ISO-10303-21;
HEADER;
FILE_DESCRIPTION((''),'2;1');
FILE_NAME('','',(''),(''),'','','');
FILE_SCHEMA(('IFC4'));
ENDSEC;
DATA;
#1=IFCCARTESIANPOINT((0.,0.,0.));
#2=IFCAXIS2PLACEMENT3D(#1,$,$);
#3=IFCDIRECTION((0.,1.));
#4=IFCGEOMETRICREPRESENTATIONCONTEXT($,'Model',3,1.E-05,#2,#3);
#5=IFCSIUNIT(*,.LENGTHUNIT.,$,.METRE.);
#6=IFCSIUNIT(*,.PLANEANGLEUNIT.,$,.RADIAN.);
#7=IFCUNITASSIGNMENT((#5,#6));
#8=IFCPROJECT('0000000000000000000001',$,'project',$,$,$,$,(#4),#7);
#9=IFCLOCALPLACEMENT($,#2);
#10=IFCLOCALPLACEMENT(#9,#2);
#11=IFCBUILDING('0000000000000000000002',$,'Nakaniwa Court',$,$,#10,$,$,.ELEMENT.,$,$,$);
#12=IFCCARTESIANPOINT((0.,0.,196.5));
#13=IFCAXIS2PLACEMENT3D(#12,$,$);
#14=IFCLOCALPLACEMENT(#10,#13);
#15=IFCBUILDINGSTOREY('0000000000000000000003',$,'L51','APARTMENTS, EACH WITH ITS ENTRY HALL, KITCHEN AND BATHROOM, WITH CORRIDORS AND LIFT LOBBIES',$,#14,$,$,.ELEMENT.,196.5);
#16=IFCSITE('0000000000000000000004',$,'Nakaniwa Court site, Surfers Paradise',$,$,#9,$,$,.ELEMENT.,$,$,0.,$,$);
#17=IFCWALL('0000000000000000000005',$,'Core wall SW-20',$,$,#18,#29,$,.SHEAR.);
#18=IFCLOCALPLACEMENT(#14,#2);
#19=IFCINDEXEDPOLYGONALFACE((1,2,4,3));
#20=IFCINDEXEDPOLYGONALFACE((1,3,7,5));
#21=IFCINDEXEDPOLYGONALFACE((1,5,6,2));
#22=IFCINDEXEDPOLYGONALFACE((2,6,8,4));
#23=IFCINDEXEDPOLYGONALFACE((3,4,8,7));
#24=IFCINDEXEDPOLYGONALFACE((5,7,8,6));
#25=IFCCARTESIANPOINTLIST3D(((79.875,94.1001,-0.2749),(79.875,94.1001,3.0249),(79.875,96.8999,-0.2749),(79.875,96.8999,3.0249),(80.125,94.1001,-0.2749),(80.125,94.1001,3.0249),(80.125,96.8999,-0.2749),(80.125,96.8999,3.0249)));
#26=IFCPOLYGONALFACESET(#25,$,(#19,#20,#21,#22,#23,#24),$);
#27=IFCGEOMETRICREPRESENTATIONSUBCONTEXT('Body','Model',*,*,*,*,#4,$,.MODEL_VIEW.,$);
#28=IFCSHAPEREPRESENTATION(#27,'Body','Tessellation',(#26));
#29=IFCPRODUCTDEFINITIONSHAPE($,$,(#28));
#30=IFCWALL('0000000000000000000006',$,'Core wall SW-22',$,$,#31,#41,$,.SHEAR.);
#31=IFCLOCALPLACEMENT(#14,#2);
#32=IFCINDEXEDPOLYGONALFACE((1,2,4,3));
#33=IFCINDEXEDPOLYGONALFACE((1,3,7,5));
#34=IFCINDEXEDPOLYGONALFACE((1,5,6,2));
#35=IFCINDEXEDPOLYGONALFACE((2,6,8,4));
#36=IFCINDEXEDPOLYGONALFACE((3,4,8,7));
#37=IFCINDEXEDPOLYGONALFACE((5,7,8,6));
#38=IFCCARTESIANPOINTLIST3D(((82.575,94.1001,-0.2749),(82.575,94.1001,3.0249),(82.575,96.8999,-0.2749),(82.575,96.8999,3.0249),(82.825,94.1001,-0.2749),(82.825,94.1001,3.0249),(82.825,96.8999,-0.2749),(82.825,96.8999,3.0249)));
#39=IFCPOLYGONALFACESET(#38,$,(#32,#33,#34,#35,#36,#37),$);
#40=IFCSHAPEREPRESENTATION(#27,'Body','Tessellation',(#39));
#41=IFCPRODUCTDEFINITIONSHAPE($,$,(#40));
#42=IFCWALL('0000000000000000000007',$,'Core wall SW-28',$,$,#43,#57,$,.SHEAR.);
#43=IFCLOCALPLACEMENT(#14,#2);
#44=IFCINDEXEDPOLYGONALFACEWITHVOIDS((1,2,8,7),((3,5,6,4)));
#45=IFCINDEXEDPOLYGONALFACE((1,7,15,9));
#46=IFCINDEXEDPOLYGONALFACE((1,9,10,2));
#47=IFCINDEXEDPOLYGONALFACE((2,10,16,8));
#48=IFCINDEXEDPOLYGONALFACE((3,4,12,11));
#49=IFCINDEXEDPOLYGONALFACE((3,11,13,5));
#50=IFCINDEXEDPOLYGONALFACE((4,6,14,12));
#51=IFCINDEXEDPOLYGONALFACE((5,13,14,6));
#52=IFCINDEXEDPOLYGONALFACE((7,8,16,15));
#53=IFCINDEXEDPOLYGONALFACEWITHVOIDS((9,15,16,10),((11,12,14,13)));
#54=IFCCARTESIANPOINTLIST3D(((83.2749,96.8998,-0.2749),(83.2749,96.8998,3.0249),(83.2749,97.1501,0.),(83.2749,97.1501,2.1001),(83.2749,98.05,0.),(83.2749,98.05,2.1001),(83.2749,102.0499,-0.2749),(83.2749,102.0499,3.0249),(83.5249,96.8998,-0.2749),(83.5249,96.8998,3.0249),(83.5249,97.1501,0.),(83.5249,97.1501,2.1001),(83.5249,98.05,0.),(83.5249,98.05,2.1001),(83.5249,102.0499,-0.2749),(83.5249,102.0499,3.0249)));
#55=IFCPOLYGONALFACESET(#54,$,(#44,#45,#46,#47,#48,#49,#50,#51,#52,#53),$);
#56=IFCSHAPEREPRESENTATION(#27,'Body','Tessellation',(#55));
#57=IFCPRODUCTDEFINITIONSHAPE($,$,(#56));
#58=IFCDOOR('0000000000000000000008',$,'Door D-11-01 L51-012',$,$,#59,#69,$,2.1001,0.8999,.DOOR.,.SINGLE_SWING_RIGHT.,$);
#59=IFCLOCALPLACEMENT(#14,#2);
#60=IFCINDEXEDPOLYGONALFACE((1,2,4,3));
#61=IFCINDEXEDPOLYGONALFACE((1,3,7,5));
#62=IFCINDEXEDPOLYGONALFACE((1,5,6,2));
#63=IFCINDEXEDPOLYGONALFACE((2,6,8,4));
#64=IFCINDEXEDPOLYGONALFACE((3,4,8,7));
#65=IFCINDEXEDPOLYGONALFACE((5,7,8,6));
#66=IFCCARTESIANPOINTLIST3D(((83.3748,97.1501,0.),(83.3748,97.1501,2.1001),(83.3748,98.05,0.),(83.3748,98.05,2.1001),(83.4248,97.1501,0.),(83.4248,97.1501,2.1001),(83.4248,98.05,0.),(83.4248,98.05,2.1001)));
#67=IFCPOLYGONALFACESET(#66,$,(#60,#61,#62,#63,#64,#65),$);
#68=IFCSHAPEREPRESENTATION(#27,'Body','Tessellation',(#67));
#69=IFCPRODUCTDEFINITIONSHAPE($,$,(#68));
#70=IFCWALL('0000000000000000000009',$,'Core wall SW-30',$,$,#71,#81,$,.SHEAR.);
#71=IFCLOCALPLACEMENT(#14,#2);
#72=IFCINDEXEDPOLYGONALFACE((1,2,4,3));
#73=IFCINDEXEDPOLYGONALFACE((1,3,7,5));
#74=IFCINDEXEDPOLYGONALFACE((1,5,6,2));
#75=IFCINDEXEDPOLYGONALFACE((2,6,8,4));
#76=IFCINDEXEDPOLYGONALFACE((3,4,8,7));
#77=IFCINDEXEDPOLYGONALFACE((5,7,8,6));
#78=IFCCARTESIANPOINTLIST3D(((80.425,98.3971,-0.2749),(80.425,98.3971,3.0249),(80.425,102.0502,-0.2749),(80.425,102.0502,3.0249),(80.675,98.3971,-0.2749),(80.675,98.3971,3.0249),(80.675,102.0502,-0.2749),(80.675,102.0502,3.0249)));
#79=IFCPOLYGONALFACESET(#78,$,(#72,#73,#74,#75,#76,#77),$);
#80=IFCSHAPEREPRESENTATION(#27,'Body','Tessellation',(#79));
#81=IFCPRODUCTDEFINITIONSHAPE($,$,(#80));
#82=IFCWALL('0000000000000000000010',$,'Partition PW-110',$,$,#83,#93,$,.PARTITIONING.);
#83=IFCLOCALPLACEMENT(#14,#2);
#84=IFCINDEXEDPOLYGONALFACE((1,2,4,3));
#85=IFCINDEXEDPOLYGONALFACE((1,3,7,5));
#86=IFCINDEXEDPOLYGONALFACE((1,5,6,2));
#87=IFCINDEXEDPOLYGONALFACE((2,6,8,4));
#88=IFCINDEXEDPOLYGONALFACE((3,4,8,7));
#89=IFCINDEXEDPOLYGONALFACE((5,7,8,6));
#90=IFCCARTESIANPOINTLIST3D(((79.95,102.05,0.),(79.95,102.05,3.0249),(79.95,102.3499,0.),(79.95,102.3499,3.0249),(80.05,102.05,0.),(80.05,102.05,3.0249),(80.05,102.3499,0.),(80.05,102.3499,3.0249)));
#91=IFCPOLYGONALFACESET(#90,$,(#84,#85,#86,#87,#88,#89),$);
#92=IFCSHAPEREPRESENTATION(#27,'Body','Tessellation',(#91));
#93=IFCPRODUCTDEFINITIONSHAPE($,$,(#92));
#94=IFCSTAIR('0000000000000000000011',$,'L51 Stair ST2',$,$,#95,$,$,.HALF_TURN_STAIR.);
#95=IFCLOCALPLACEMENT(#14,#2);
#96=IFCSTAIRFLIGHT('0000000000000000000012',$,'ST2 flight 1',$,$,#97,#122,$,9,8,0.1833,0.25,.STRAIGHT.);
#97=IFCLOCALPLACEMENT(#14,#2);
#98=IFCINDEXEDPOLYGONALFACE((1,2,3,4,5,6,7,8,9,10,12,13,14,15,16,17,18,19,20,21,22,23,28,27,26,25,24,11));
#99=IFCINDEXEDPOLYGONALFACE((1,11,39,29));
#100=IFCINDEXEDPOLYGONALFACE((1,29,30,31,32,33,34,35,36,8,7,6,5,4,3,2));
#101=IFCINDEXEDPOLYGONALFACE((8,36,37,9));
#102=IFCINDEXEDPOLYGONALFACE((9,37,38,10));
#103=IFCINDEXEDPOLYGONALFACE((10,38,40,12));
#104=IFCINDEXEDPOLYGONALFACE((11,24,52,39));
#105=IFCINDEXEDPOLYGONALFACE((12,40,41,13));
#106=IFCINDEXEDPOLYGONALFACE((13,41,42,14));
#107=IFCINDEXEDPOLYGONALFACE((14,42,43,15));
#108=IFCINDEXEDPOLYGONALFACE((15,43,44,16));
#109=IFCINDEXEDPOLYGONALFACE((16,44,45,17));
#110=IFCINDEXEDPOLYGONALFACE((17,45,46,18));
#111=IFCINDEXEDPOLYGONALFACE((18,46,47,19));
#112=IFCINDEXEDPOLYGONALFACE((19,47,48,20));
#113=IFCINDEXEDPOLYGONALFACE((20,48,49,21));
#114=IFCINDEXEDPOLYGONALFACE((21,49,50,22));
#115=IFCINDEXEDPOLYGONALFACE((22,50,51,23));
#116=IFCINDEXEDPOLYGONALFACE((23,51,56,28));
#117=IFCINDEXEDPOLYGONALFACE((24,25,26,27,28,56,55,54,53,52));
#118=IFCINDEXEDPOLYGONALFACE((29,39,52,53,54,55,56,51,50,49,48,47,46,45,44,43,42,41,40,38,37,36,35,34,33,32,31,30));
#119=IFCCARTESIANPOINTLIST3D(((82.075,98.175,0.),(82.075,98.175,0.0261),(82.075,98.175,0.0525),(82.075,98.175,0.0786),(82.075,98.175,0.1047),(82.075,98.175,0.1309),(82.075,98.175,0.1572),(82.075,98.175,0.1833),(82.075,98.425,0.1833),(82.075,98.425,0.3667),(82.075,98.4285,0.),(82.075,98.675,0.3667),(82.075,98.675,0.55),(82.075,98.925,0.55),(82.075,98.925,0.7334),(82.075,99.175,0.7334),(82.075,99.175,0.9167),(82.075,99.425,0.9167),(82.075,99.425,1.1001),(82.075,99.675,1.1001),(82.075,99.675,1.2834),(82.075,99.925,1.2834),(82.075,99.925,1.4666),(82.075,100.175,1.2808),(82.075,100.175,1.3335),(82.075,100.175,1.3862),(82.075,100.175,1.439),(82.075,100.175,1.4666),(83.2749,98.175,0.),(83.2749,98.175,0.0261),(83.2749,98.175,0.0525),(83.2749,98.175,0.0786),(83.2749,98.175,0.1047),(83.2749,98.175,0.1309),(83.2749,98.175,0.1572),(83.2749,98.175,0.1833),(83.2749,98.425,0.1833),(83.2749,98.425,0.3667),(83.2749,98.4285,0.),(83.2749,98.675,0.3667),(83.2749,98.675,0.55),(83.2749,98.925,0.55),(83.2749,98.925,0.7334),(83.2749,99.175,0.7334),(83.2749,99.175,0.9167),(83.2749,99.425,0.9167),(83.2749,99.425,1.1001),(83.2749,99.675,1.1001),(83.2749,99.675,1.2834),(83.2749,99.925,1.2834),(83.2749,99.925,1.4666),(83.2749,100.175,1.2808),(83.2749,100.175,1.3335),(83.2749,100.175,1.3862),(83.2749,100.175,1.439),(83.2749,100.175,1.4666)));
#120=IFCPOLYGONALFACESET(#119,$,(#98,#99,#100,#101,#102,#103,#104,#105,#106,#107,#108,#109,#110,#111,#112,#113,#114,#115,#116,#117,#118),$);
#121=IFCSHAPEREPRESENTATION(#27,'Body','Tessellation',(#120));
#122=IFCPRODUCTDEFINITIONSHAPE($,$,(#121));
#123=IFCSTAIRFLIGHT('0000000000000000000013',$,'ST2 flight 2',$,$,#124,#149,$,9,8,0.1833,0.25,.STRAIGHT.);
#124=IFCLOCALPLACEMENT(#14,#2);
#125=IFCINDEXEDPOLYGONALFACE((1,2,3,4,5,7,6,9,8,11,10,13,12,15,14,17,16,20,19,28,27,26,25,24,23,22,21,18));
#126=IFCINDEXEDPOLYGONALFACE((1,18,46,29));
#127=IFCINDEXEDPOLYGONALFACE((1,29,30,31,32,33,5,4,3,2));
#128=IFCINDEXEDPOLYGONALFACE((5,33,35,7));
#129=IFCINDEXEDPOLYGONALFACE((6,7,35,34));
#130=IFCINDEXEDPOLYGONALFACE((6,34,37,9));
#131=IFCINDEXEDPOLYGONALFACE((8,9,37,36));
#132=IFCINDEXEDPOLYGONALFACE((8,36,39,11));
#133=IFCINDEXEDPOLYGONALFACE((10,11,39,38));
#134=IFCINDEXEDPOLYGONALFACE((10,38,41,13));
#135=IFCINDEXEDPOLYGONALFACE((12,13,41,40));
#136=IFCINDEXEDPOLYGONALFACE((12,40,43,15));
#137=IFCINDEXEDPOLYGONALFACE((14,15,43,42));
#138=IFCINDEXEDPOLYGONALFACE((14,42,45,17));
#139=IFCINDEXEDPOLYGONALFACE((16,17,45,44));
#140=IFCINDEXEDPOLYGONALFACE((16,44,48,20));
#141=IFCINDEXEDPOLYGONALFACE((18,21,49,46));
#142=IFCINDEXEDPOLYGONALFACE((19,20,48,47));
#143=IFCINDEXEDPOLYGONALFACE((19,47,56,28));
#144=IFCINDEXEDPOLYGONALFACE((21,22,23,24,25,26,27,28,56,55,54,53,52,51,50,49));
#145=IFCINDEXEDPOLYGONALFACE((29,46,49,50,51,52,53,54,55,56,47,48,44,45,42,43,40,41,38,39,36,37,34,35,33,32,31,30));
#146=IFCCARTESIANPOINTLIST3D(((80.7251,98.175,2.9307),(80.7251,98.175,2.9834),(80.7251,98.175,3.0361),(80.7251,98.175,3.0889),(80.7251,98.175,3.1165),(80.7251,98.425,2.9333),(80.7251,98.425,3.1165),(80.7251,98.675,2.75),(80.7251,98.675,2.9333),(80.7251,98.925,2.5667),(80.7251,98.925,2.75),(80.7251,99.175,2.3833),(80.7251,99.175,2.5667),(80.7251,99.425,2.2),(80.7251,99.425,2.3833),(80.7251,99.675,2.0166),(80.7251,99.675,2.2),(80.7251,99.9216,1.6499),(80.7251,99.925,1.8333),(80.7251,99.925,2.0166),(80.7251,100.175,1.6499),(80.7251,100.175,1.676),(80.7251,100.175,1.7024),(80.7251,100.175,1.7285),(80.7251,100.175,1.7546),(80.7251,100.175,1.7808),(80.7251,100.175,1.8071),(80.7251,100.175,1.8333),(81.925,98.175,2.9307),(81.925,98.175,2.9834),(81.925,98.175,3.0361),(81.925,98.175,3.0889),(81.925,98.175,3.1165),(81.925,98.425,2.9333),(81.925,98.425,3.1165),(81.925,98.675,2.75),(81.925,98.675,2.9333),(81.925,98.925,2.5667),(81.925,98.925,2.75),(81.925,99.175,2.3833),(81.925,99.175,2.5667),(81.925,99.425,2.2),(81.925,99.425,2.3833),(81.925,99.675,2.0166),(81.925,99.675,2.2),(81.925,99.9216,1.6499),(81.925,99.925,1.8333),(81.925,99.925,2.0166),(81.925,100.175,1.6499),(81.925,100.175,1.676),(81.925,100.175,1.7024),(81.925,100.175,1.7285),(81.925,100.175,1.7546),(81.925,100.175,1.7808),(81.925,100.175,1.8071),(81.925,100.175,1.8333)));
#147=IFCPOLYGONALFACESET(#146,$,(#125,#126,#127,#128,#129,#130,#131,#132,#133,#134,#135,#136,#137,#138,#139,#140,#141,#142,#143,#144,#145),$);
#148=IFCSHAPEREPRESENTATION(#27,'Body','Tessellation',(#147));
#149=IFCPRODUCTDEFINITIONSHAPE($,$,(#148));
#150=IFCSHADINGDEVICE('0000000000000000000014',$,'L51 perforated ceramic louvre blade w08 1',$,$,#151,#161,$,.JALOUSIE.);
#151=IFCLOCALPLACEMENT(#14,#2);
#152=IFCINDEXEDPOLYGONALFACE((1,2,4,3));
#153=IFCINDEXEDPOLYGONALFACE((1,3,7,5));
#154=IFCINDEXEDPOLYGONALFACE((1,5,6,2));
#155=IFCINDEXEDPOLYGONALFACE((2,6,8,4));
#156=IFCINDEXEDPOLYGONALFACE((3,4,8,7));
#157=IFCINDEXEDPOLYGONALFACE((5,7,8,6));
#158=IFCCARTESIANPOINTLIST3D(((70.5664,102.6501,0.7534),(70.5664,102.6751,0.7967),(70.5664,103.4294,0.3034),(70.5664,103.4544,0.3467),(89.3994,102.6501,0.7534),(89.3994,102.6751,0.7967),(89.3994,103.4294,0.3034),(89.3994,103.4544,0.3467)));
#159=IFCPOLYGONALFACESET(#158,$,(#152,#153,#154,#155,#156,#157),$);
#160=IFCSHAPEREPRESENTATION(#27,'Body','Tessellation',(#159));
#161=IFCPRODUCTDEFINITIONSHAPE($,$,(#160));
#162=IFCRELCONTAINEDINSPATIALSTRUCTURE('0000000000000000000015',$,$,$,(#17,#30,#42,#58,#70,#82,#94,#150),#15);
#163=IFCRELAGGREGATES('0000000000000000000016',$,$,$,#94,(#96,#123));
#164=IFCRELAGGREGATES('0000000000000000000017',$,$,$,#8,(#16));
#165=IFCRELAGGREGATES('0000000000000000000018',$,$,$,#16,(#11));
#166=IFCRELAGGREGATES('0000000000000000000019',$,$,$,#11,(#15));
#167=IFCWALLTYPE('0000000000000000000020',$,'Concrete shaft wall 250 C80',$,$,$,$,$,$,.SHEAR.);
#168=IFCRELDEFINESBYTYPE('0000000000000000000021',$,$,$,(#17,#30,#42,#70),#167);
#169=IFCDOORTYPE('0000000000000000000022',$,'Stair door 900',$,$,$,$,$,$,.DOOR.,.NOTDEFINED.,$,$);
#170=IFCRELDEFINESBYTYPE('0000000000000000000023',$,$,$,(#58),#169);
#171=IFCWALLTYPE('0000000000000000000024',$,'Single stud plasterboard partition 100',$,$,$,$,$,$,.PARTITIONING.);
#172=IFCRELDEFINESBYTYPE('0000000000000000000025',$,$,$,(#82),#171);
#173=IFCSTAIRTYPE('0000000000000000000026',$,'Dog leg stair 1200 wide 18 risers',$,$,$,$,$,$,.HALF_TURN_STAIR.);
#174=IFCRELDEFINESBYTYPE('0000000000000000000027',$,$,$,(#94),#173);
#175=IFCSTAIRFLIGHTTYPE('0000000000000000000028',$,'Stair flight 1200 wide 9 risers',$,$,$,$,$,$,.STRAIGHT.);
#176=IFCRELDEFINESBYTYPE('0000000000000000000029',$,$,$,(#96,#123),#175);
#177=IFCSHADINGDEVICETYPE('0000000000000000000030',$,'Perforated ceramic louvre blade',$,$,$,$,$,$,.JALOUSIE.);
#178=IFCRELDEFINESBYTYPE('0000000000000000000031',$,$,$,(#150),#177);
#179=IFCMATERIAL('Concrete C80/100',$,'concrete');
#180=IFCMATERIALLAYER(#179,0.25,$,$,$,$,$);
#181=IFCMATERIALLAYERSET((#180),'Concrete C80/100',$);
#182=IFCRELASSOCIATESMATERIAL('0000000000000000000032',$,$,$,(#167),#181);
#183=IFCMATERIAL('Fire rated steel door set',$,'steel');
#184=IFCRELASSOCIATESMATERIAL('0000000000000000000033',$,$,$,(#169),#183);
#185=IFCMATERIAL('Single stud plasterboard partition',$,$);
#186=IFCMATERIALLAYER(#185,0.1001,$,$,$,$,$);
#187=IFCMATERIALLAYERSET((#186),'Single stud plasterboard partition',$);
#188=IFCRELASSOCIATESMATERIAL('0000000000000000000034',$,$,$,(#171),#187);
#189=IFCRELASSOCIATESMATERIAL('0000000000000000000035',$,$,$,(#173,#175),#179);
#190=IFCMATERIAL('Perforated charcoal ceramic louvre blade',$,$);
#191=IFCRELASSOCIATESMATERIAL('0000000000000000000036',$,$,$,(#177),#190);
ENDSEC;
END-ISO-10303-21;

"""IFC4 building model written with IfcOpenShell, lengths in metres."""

from ifc_helpers import new_model, si_unit, direction, frame, frame_2d, origin, origin_2d, place, context, subcontext, project, spatial, polyline, rectangle, outline, extrude, material, layer, layer_set, material_profile, profile_set, type_object, element, fill, aggregate, save


model = new_model("IFC4")

# Units and contexts
model_context = context("Model", 3, precision=1e-05, world=origin(), true_north=direction((0.0, 1.0)))
body_context = subcontext(model_context, "Body", "Model", "MODEL_VIEW")
ifc_project = project(units=[si_unit("LENGTHUNIT", "METRE"), si_unit("PLANEANGLEUNIT", "RADIAN")], contexts=[model_context])

# Site, building, storey
site_placement = place(None, origin())
site = spatial("IfcSite", under=ifc_project, at=site_placement, Name="Nakaniwa Court site, Surfers Paradise", CompositionType="ELEMENT", RefElevation=0.0)
building_placement = place(site_placement, origin())
building = spatial("IfcBuilding", under=site, at=building_placement, Name="Nakaniwa Court", CompositionType="ELEMENT")
storey_placement = place(building_placement, frame((0.0, 0.0, 196.5)))
storey = spatial("IfcBuildingStorey", under=building, at=storey_placement, Name="L51", Description="APARTMENTS, EACH WITH ITS ENTRY HALL, KITCHEN AND BATHROOM, WITH CORRIDORS AND LIFT LOBBIES", CompositionType="ELEMENT", Elevation=196.5)

# Shared definitions
ifc_material_1 = material(Name="Fire rated steel door set", Category="steel")
ifc_material_2 = material(Name="Concrete C80/100", Category="concrete")

# Shared definitions
ifc_layer_1 = layer(ifc_material_2, 0.25)
ifc_layer_set_1 = layer_set([ifc_layer_1], Name="Concrete C80/100")
wall_type_1 = type_object("IfcWallType", Name="Concrete shaft wall 250 C80", PredefinedType="SHEAR", material=ifc_layer_set_1)

# Walls
for number, where, z_axis, x_axis, name in (
    (1, (80.0, 94.1001, -0.2749), (0.0, 0.0, 1.0), (0.0, 1.0, 0.0), "Core wall SW-20"),
    (2, (82.7, 94.1001, -0.2749), (0.0, 0.0, 1.0), (0.0, 1.0, 0.0), "Core wall SW-22"),
):
    element("IfcWall", number, at=place(storey_placement, frame(where, z_axis=z_axis, x_axis=x_axis)), inside=storey, type_object=wall_type_1, Name=name, PredefinedType="SHEAR", context=body_context, shape_type="SweptSolid", body=[
        extrude(rectangle(XDim=2.7998, YDim=0.25, at=frame_2d((1.3999, 0.0))), origin(), (0.0, 0.0, 1.0), 3.2998),
    ])

# Wall, opening, door
wall_1_placement = place(storey_placement, frame((83.3999, 102.05, -0.2749), z_axis=(0.0, 0.0, 1.0), x_axis=(0.0, -1.0, 0.0)))
wall_1 = element("IfcWall", 3, at=wall_1_placement, inside=storey, type_object=wall_type_1, Name="Core wall SW-28", PredefinedType="SHEAR", context=body_context, shape_type="SweptSolid", body=[
    extrude(rectangle(XDim=5.1501, YDim=0.25, at=frame_2d((2.5752, 0.0))), origin(), (0.0, 0.0, 1.0), 3.2998),
])
opening_1_placement = place(wall_1_placement, frame((4.0, 0.0, 0.2749)))
opening_1 = element("IfcOpeningElement", 4, at=opening_1_placement, cuts=wall_1, PredefinedType="OPENING", context=body_context, shape_type="SweptSolid", body=[
    extrude(rectangle(XDim=0.8999, YDim=2.1001, at=frame_2d((0.45, 1.05))), frame((0.0, 0.135, 0.0), z_axis=(0.0, -1.0, 0.0), x_axis=(1.0, 0.0, 0.0)), (0.0, 0.0, 1.0), 0.27),
])
door_type_1 = type_object("IfcDoorType", Name="Stair door 900", OperationType="NOTDEFINED", PredefinedType="DOOR", material=ifc_material_1)
door_1_placement = place(opening_1_placement, origin())
door_1 = element("IfcDoor", 5, at=door_1_placement, inside=storey, type_object=door_type_1, Name="Door D-11-01 L51-012", OperationType="SINGLE_SWING_RIGHT", OverallHeight=2.1001, OverallWidth=0.8999, PredefinedType="DOOR", context=body_context, shape_type="SweptSolid", body=[
    extrude(rectangle(XDim=0.8999, YDim=2.1001, at=frame_2d((0.45, 1.05))), frame((0.0, 0.0249, 0.0), z_axis=(0.0, -1.0, 0.0), x_axis=(1.0, 0.0, 0.0)), (0.0, 0.0, 1.0), 0.05),
])
fill(opening_1, door_1)

# Walls
wall_2_placement = place(storey_placement, frame((80.55, 98.397, -0.2749), z_axis=(0.0, 0.0, 1.0), x_axis=(0.0, 1.0, 0.0)))
element("IfcWall", 6, at=wall_2_placement, inside=storey, type_object=wall_type_1, Name="Core wall SW-30", PredefinedType="SHEAR", context=body_context, shape_type="SweptSolid", body=[
    extrude(rectangle(XDim=3.6531, YDim=0.25, at=frame_2d((1.8267, 0.0))), origin(), (0.0, 0.0, 1.0), 3.2998),
])
ifc_material_3 = material(Name="Single stud plasterboard partition")
ifc_layer_2 = layer(ifc_material_3, 0.1001)
ifc_layer_set_2 = layer_set([ifc_layer_2], Name="Single stud plasterboard partition")
wall_type_2 = type_object("IfcWallType", Name="Single stud plasterboard partition 100", PredefinedType="PARTITIONING", material=ifc_layer_set_2)
wall_3_placement = place(storey_placement, frame((80.0, 102.05, 0.0), z_axis=(0.0, 0.0, 1.0), x_axis=(0.0, 1.0, 0.0)))
element("IfcWall", 7, at=wall_3_placement, inside=storey, type_object=wall_type_2, Name="Partition PW-110", PredefinedType="PARTITIONING", context=body_context, shape_type="SweptSolid", body=[
    extrude(rectangle(XDim=0.2998, YDim=0.1001, at=frame_2d((0.1499, 0.0))), origin(), (0.0, 0.0, 1.0), 3.0249),
])

# Stair, stair flights
stair_type = type_object("IfcStairType", Name="Dog leg stair 1200 wide 18 risers", PredefinedType="HALF_TURN_STAIR", material=ifc_material_2)
stair_placement = place(storey_placement, origin())
stair = element("IfcStair", 8, at=stair_placement, inside=storey, type_object=stair_type, Name="L51 Stair ST2", PredefinedType="HALF_TURN_STAIR")
stair_flight_type = type_object("IfcStairFlightType", Name="Stair flight 1200 wide 9 risers", PredefinedType="STRAIGHT", material=ifc_material_2)
stair_flight_1_placement = place(storey_placement, frame((82.675, 98.175, 0.0), z_axis=(0.0, 0.0, 1.0), x_axis=(0.0, 1.0, 0.0)))
stair_flight_1 = element("IfcStairFlight", 9, at=stair_flight_1_placement, type_object=stair_flight_type, Name="ST2 flight 1", NumberOfRisers=9, NumberOfTreads=8, PredefinedType="STRAIGHT", RiserHeight=0.1833, TreadLength=0.25, context=body_context, shape_type="SweptSolid", body=[
    extrude(outline(polyline([(0.0, 0.0), (0.0, 0.0261), (0.0, 0.0525), (0.0, 0.0786), (0.0, 0.1047), (0.0, 0.1309), (0.0, 0.1572), (0.0, 0.1833), (0.25, 0.1833), (0.25, 0.3667), (0.5, 0.3667), (0.5, 0.55), (0.75, 0.55), (0.75, 0.7334), (1.0, 0.7334), (1.0, 0.9167), (1.25, 0.9167), (1.25, 1.1001), (1.5, 1.1001), (1.5, 1.2834), (1.75, 1.2834), (1.75, 1.4666), (2.0, 1.4666), (2.0, 1.6499), (2.0, 1.5972), (2.0, 1.5444), (2.0, 1.4917), (2.0, 1.439), (2.0, 1.3862), (2.0, 1.3335), (2.0, 1.2808), (0.2534, 0.0), (0.0, 0.0)])), frame((0.0, 0.6001, 0.0), z_axis=(0.0, -1.0, 0.0), x_axis=(1.0, 0.0, 0.0)), (0.0, 0.0, 1.0), 1.2),
])
stair_flight_2_placement = place(storey_placement, frame((81.325, 100.175, 1.6499), z_axis=(0.0, 0.0, 1.0), x_axis=(0.0, -1.0, 0.0)))
stair_flight_2 = element("IfcStairFlight", 10, at=stair_flight_2_placement, type_object=stair_flight_type, Name="ST2 flight 2", NumberOfRisers=9, NumberOfTreads=8, PredefinedType="STRAIGHT", RiserHeight=0.1833, TreadLength=0.25, context=body_context, shape_type="SweptSolid", body=[
    extrude(outline(polyline([(0.0, 0.0), (0.0, 0.0261), (0.0, 0.0525), (0.0, 0.0786), (0.0, 0.1047), (0.0, 0.1309), (0.0, 0.1572), (0.0, 0.1833), (0.25, 0.1833), (0.25, 0.3667), (0.5, 0.3667), (0.5, 0.55), (0.75, 0.55), (0.75, 0.7334), (1.0, 0.7334), (1.0, 0.9167), (1.25, 0.9167), (1.25, 1.1001), (1.5, 1.1001), (1.5, 1.2834), (1.75, 1.2834), (1.75, 1.4666), (2.0, 1.4666), (2.0, 1.6499), (2.0, 1.5972), (2.0, 1.5444), (2.0, 1.4917), (2.0, 1.439), (2.0, 1.3862), (2.0, 1.3335), (2.0, 1.2808), (0.2534, 0.0), (0.0, 0.0)])), frame((0.0, 0.6001, 0.0), z_axis=(0.0, -1.0, 0.0), x_axis=(1.0, 0.0, 0.0)), (0.0, 0.0, 1.0), 1.2),
])
aggregate(stair, [stair_flight_1, stair_flight_2])

# Shading device
ifc_material_4 = material(Name="Perforated charcoal ceramic louvre blade")
ifc_material_profile = material_profile(ifc_material_4, rectangle(XDim=0.8999, YDim=0.05, at=origin_2d()), Name="Perforated ceramic louvre blade")
ifc_profile_set = profile_set([ifc_material_profile], Name="Perforated charcoal ceramic louvre blade")
shading_device_type = type_object("IfcShadingDeviceType", Name="Perforated ceramic louvre blade", PredefinedType="JALOUSIE", material=ifc_profile_set)
shading_device_placement = place(storey_placement, frame((89.3994, 103.0522, 0.55), z_axis=(-1.0, 0.0, 0.0), x_axis=(0.0, -0.866025, 0.5)))
element("IfcShadingDevice", 11, at=shading_device_placement, inside=storey, type_object=shading_device_type, Name="L51 perforated ceramic louvre blade w08 1", PredefinedType="JALOUSIE", context=body_context, shape_type="SweptSolid", body=[
    extrude(rectangle(XDim=0.8999, YDim=0.05, at=origin_2d()), origin(), (0.0, 0.0, 1.0), 18.833),
])

save(model, "model.ifc")
